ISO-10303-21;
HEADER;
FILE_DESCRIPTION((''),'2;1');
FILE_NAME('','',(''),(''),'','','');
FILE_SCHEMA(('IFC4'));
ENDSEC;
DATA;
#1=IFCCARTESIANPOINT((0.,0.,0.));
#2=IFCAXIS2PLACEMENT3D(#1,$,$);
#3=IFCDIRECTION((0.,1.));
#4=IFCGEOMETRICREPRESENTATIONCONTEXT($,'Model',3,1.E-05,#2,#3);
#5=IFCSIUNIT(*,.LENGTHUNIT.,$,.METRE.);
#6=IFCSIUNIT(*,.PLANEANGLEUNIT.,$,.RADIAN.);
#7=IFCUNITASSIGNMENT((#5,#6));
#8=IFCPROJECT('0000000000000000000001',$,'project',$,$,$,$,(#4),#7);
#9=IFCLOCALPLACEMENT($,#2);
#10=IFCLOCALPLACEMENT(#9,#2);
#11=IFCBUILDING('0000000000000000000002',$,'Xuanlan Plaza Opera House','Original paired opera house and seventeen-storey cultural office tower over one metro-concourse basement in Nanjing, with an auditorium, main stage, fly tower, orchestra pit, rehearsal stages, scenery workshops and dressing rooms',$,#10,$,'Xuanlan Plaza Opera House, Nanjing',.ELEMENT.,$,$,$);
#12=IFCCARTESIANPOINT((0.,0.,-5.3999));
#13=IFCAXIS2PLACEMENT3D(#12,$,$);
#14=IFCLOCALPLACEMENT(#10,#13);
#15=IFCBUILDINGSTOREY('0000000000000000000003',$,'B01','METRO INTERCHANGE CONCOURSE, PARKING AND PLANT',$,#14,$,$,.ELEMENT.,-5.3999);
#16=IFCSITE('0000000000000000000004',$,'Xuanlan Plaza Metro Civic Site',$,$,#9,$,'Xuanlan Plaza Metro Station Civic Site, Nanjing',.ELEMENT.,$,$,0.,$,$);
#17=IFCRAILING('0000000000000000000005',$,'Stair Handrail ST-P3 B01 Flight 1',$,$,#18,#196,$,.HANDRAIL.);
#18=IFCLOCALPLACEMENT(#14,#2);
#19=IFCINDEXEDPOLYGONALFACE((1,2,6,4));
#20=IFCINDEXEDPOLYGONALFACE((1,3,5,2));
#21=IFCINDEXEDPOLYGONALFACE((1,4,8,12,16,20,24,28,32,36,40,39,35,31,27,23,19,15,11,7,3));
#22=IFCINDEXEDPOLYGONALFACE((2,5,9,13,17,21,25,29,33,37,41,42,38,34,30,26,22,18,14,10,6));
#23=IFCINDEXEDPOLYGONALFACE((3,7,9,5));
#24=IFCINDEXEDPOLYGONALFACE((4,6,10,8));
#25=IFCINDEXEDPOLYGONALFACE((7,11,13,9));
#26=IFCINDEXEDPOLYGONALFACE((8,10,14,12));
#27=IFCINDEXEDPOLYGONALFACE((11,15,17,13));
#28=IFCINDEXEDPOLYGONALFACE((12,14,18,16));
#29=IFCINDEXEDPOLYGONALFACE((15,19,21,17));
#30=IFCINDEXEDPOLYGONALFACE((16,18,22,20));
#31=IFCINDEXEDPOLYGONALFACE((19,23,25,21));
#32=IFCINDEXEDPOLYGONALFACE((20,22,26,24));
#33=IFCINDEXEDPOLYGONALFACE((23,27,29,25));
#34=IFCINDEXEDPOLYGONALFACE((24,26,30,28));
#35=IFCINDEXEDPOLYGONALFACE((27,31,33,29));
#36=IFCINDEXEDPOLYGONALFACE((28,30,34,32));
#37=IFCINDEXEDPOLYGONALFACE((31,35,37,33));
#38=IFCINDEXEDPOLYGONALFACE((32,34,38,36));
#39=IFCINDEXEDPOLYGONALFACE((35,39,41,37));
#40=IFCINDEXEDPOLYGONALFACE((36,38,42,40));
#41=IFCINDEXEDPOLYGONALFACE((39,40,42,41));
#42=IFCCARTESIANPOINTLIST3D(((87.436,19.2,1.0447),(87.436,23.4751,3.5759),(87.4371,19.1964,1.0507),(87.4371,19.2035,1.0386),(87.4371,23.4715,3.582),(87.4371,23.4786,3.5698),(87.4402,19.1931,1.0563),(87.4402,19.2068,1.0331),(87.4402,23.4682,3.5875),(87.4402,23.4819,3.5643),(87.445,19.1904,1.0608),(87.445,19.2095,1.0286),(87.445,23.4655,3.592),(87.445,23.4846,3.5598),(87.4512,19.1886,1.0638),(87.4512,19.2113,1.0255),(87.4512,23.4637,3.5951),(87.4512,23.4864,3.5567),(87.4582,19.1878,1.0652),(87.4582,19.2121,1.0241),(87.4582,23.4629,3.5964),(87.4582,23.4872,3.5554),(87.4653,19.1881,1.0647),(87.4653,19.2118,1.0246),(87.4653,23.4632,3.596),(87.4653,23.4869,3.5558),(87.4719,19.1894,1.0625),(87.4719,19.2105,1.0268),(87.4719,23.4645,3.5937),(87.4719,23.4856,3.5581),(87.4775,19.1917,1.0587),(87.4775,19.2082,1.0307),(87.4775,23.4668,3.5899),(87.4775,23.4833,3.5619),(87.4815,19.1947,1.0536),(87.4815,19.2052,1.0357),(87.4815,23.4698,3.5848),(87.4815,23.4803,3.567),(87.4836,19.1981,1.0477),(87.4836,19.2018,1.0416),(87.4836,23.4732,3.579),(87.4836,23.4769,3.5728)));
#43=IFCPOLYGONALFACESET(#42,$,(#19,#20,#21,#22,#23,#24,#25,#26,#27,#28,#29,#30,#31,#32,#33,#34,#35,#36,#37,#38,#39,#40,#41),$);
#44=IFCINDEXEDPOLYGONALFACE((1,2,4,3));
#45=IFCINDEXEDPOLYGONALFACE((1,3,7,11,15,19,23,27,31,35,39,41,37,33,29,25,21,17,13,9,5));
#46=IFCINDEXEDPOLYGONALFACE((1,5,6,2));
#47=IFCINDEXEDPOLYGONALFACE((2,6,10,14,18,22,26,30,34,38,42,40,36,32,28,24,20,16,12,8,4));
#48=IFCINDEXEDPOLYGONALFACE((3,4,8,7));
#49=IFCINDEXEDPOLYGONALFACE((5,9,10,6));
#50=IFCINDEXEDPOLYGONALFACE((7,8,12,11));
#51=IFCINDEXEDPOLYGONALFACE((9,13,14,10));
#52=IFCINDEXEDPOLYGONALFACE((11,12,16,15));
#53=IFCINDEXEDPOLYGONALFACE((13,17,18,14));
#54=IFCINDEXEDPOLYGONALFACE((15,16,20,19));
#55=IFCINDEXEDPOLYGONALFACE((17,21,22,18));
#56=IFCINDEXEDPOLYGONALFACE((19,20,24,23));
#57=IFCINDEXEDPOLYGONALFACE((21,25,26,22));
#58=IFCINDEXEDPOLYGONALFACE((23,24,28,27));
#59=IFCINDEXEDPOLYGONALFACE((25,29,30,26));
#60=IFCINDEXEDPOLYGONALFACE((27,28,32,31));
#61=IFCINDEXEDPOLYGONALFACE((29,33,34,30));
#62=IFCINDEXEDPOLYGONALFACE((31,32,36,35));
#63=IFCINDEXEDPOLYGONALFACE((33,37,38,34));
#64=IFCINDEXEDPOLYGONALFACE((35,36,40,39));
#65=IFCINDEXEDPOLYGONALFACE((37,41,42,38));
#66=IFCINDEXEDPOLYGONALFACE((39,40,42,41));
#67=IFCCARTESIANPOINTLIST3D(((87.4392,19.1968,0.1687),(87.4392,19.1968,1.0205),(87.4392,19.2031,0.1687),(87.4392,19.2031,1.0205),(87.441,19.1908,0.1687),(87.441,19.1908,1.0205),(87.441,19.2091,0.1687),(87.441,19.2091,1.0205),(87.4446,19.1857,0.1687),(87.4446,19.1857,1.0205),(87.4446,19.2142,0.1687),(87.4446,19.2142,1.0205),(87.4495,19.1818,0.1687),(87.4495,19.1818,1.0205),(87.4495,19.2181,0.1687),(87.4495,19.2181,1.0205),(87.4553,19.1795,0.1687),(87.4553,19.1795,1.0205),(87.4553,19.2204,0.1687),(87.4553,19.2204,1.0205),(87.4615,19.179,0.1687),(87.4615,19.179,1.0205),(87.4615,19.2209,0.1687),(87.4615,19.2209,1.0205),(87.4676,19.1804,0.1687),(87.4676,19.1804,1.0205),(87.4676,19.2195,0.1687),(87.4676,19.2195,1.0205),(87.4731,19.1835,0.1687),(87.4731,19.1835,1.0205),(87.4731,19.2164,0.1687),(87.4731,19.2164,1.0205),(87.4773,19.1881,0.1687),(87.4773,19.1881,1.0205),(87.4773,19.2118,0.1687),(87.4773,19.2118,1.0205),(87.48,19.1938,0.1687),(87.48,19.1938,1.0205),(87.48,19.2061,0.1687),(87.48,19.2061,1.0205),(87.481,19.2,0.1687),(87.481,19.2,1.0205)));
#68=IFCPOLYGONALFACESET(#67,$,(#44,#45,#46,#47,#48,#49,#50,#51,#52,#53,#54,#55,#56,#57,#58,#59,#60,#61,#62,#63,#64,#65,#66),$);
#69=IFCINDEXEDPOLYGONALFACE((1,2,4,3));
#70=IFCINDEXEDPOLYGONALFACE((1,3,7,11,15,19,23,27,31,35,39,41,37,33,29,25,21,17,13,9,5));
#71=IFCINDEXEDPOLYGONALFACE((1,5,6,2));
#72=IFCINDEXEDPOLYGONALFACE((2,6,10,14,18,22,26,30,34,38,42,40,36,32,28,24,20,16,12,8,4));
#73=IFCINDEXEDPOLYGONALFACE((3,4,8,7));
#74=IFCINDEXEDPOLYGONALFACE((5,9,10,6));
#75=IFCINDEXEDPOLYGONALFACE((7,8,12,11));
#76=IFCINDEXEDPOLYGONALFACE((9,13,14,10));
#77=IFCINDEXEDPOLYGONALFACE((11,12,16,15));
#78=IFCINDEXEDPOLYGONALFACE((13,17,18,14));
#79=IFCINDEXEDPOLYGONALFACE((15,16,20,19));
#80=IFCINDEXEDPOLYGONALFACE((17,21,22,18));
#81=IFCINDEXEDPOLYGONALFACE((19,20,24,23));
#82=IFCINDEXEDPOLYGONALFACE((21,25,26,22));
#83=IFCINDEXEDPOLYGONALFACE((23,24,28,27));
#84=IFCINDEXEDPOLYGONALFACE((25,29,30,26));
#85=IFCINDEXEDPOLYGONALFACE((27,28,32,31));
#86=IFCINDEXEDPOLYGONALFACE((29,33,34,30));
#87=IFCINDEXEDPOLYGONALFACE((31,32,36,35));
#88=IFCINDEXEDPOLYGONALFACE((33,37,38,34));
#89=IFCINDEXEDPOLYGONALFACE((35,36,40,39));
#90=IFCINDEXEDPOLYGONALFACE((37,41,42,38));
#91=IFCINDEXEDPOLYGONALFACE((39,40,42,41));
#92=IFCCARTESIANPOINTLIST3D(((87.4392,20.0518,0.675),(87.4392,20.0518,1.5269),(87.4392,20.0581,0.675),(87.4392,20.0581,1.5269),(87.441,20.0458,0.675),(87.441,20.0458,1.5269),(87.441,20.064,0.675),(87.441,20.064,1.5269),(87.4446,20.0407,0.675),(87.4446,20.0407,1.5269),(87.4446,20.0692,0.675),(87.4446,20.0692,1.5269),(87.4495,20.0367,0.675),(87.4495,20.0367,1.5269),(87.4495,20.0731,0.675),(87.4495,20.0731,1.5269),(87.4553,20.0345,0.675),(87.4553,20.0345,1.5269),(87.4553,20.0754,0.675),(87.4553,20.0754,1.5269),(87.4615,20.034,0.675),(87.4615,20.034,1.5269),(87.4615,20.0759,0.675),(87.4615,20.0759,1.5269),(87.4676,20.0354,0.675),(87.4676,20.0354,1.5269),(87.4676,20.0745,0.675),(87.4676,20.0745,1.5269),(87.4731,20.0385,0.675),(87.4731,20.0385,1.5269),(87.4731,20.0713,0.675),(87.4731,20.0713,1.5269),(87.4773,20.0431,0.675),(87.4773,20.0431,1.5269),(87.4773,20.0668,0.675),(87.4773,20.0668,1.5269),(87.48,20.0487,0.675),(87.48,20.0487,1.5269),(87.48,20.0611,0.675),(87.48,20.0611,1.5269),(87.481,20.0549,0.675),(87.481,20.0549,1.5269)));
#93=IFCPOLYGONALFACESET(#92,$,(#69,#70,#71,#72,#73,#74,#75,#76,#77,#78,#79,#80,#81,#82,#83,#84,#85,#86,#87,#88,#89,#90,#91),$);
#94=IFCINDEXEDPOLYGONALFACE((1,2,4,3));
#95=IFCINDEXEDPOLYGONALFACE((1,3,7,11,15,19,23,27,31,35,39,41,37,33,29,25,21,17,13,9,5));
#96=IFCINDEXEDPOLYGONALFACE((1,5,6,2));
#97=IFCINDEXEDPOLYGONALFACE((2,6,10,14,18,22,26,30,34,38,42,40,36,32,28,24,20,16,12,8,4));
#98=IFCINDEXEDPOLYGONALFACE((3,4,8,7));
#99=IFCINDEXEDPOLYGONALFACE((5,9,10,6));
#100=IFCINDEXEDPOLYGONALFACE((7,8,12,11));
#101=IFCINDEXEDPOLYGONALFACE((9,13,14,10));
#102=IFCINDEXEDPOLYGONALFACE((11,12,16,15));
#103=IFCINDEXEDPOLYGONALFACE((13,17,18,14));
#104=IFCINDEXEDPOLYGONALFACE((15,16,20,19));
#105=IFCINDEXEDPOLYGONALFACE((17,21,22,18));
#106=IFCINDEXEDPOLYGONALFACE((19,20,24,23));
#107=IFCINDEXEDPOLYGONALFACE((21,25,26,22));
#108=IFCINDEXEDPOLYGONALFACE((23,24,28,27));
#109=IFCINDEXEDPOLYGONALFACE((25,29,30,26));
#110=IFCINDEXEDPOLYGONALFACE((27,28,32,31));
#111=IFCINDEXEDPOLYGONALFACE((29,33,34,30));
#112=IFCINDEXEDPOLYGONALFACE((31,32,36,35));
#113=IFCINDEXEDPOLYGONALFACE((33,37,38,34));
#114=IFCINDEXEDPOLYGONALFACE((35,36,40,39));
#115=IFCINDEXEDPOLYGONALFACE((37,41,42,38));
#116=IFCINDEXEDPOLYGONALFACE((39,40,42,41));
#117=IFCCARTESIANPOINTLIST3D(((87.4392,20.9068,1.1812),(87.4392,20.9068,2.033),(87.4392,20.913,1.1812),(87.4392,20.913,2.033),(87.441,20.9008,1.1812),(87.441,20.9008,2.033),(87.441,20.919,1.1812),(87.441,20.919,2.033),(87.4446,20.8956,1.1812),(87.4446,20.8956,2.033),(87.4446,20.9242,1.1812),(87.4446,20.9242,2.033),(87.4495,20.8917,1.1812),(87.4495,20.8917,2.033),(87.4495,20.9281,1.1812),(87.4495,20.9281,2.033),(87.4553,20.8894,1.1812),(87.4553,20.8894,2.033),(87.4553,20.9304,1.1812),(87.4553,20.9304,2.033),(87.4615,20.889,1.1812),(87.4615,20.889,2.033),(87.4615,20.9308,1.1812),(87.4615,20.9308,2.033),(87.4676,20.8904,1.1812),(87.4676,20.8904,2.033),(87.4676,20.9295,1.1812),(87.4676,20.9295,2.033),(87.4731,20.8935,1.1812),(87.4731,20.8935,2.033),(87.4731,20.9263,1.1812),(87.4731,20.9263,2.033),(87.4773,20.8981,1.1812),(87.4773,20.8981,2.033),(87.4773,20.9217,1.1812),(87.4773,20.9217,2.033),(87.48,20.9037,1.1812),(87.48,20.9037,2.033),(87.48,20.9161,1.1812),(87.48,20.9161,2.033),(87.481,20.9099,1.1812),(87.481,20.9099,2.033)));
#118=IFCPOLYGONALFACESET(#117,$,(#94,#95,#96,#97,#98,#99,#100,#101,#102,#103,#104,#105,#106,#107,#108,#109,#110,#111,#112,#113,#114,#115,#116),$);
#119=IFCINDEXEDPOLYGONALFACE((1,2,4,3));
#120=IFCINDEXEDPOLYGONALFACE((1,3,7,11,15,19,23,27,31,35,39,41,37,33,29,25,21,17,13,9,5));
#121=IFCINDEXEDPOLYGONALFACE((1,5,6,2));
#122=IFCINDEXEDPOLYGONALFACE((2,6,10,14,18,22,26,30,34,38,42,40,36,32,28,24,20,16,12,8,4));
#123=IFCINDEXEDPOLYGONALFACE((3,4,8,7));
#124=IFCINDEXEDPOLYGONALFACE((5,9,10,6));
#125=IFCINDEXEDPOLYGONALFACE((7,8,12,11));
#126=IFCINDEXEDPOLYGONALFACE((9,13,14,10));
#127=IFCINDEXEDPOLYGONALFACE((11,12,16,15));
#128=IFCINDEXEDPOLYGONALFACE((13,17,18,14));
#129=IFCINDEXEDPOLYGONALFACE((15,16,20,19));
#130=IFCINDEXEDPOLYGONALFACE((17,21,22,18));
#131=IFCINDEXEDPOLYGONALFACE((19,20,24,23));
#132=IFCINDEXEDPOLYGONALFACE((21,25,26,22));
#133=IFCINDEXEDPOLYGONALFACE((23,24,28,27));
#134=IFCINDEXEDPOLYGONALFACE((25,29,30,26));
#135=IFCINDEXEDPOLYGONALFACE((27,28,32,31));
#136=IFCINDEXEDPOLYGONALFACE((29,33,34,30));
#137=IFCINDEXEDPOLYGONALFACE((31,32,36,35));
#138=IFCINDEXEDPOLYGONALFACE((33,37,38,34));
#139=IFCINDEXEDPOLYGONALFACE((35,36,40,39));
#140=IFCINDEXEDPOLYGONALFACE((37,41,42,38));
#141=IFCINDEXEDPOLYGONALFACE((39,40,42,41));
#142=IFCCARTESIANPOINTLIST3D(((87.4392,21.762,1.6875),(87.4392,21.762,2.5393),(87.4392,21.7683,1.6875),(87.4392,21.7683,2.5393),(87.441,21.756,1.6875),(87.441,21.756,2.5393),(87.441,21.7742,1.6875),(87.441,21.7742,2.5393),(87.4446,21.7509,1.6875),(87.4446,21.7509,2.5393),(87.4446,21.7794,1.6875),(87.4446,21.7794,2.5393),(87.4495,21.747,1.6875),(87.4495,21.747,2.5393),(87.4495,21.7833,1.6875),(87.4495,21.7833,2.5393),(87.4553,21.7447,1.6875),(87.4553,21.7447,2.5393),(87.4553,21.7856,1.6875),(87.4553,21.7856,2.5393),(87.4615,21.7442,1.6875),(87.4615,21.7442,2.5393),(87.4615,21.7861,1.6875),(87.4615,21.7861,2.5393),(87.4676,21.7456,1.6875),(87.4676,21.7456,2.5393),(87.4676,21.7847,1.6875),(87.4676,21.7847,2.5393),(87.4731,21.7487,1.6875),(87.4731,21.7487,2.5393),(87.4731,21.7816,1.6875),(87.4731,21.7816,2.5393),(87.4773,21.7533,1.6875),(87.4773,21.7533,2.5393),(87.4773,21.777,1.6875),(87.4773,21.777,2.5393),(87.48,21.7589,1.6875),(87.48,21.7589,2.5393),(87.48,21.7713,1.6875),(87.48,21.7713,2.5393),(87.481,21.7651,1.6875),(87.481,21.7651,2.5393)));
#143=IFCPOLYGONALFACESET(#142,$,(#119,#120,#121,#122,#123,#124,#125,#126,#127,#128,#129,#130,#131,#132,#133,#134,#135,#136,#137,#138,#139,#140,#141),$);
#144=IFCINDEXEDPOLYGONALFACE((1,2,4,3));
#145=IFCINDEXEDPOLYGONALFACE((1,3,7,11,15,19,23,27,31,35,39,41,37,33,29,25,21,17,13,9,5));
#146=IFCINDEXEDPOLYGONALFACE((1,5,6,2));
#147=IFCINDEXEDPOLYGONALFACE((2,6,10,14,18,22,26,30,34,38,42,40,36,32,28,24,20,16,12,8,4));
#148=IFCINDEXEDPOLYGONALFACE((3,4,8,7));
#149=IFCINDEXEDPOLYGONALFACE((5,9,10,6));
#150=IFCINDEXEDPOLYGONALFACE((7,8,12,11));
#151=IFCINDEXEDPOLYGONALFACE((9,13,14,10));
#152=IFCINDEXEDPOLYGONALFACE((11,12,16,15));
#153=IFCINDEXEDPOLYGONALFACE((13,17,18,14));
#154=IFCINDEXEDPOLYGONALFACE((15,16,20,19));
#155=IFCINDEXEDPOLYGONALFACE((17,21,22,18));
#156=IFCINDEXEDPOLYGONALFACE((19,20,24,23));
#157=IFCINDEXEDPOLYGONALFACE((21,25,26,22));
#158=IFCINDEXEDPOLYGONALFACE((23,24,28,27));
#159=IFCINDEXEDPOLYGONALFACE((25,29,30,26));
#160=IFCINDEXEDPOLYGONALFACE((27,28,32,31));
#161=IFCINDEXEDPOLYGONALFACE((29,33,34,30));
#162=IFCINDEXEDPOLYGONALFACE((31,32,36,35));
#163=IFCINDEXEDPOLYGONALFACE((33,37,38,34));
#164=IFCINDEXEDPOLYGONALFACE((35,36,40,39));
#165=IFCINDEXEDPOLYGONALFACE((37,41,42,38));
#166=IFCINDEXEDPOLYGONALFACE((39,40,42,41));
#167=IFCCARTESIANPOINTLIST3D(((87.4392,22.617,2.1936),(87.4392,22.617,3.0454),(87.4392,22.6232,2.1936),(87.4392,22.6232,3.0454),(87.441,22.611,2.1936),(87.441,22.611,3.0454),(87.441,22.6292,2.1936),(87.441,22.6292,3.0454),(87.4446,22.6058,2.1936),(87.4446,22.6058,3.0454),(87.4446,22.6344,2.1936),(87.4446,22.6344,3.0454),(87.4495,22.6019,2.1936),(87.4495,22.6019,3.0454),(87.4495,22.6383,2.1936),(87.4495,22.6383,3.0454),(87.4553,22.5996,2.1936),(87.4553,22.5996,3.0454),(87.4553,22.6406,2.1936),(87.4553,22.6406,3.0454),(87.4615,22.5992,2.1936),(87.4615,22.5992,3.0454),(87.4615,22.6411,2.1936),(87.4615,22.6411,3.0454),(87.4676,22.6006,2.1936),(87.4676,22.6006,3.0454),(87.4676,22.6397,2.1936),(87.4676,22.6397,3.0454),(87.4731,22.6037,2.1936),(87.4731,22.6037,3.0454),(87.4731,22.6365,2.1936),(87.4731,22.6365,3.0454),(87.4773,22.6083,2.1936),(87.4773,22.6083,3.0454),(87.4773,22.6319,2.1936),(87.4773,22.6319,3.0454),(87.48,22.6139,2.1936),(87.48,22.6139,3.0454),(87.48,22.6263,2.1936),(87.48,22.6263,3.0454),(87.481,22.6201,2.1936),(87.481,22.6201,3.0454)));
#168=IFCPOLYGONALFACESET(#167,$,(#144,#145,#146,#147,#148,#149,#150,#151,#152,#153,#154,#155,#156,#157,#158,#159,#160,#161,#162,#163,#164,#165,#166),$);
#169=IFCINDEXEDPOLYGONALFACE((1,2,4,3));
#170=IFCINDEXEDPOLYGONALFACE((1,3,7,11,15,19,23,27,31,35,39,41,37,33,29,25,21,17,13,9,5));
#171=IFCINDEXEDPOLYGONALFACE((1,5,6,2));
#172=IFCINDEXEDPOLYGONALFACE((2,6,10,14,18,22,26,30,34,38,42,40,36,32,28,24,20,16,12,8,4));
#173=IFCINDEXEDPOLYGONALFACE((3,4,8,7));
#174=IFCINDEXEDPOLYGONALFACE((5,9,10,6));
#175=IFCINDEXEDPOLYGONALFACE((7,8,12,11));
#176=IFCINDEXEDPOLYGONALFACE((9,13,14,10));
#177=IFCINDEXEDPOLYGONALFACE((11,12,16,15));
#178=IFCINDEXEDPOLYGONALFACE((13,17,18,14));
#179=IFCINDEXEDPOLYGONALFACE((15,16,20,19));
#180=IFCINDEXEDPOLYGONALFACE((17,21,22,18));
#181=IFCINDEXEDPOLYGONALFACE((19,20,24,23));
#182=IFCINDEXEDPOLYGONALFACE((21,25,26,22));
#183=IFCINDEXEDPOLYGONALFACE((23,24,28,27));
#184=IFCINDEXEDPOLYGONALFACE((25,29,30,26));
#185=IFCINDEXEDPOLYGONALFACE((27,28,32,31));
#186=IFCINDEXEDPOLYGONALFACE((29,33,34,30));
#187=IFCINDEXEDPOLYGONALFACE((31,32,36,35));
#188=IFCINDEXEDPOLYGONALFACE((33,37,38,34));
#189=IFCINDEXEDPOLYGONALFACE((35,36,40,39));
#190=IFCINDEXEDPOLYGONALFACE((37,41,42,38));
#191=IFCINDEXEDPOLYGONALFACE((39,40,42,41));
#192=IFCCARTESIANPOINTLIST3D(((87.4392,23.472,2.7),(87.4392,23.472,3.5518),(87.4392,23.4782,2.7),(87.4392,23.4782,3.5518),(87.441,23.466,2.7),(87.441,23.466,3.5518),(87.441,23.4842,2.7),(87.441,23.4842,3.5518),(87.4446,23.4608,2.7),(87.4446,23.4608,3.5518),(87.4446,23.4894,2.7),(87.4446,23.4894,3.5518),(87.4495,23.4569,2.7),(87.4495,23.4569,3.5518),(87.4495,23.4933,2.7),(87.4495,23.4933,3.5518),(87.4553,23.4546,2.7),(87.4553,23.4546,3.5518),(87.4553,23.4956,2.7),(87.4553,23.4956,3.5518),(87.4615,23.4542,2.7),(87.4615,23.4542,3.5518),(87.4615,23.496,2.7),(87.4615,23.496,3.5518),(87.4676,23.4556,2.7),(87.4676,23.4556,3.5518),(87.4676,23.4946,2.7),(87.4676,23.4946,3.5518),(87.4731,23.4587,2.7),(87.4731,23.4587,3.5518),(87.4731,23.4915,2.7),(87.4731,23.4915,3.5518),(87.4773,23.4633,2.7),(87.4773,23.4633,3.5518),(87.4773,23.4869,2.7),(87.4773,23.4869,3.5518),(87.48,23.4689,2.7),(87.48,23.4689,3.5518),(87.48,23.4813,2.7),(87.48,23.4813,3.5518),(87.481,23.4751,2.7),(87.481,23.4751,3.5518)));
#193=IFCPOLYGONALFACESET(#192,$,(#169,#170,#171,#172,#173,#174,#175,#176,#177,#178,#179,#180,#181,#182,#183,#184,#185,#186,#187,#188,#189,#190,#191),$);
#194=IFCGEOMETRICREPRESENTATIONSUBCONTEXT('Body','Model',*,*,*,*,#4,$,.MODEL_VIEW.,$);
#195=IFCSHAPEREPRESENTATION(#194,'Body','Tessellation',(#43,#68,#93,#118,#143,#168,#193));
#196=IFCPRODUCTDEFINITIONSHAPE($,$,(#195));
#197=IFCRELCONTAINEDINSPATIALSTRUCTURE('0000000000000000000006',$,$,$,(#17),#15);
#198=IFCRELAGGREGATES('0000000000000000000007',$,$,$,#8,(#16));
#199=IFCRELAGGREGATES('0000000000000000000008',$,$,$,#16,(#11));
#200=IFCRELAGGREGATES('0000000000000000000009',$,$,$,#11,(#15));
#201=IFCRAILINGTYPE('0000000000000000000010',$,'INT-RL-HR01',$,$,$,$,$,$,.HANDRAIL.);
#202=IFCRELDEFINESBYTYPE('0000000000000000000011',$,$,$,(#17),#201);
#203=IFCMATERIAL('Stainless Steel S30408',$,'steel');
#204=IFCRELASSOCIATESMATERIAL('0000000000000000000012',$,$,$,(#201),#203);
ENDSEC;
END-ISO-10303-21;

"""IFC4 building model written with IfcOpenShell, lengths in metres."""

from ifc_helpers import new_model, si_unit, direction, frame, origin, origin_2d, place, context, subcontext, project, spatial, circle, extrude, material, type_object, element, save


model = new_model("IFC4")

# Units and contexts
model_context = context("Model", 3, precision=1e-05, world=origin(), true_north=direction((0.0, 1.0)))
body_context = subcontext(model_context, "Body", "Model", "MODEL_VIEW")
ifc_project = project(units=[si_unit("LENGTHUNIT", "METRE"), si_unit("PLANEANGLEUNIT", "RADIAN")], contexts=[model_context])

# Site, building, storey
site_placement = place(None, origin())
site = spatial("IfcSite", under=ifc_project, at=site_placement, Name="Xuanlan Plaza Metro Civic Site", LongName="Xuanlan Plaza Metro Station Civic Site, Nanjing", CompositionType="ELEMENT", RefElevation=0.0)
building_placement = place(site_placement, origin())
building = spatial("IfcBuilding", under=site, at=building_placement, Name="Xuanlan Plaza Opera House", Description="Original paired opera house and seventeen-storey cultural office tower over one metro-concourse basement in Nanjing, with an auditorium, main stage, fly tower, orchestra pit, rehearsal stages, scenery workshops and dressing rooms", LongName="Xuanlan Plaza Opera House, Nanjing", CompositionType="ELEMENT")
storey_placement = place(building_placement, frame((0.0, 0.0, -5.3999)))
storey = spatial("IfcBuildingStorey", under=building, at=storey_placement, Name="B01", Description="METRO INTERCHANGE CONCOURSE, PARKING AND PLANT", CompositionType="ELEMENT", Elevation=-5.3999)

# Railing
ifc_material_1 = material(Name="Stainless Steel S30408", Category="steel")
railing_type = type_object("IfcRailingType", Name="INT-RL-HR01", PredefinedType="HANDRAIL", material=ifc_material_1)
for number, where, name in (
    (1, (87.46, 19.2, 0.1687), "Stair Handrail ST-P3 B01 Flight 1"),
):
    element("IfcRailing", number, at=place(storey_placement, frame(where)), inside=storey, type_object=railing_type, Name=name, PredefinedType="HANDRAIL", context=body_context, shape_type="SweptSolid", body=[
        extrude(circle(Radius=0.0239, at=origin_2d()), frame((0.0, 0.0, 0.876), z_axis=(0.0, 0.860483, 0.509479), x_axis=(-1.0, 0.0, 0.0)), (0.0, 0.0, 1.0), 4.9683),
        extrude(circle(Radius=0.021, at=origin_2d()), origin(), (0.0, 0.0, 1.0), 0.8518),
        extrude(circle(Radius=0.021, at=origin_2d()), frame((0.0, 0.855, 0.5063)), (0.0, 0.0, 1.0), 0.8518),
        extrude(circle(Radius=0.021, at=origin_2d()), frame((0.0, 1.71, 1.0125)), (0.0, 0.0, 1.0), 0.8518),
        extrude(circle(Radius=0.021, at=origin_2d()), frame((0.0, 2.5652, 1.5188)), (0.0, 0.0, 1.0), 0.8518),
        extrude(circle(Radius=0.021, at=origin_2d()), frame((0.0, 3.4202, 2.0249)), (0.0, 0.0, 1.0), 0.8518),
        extrude(circle(Radius=0.021, at=origin_2d()), frame((0.0, 4.2751, 2.5312)), (0.0, 0.0, 1.0), 0.8518),
    ])

save(model, "model.ifc")
